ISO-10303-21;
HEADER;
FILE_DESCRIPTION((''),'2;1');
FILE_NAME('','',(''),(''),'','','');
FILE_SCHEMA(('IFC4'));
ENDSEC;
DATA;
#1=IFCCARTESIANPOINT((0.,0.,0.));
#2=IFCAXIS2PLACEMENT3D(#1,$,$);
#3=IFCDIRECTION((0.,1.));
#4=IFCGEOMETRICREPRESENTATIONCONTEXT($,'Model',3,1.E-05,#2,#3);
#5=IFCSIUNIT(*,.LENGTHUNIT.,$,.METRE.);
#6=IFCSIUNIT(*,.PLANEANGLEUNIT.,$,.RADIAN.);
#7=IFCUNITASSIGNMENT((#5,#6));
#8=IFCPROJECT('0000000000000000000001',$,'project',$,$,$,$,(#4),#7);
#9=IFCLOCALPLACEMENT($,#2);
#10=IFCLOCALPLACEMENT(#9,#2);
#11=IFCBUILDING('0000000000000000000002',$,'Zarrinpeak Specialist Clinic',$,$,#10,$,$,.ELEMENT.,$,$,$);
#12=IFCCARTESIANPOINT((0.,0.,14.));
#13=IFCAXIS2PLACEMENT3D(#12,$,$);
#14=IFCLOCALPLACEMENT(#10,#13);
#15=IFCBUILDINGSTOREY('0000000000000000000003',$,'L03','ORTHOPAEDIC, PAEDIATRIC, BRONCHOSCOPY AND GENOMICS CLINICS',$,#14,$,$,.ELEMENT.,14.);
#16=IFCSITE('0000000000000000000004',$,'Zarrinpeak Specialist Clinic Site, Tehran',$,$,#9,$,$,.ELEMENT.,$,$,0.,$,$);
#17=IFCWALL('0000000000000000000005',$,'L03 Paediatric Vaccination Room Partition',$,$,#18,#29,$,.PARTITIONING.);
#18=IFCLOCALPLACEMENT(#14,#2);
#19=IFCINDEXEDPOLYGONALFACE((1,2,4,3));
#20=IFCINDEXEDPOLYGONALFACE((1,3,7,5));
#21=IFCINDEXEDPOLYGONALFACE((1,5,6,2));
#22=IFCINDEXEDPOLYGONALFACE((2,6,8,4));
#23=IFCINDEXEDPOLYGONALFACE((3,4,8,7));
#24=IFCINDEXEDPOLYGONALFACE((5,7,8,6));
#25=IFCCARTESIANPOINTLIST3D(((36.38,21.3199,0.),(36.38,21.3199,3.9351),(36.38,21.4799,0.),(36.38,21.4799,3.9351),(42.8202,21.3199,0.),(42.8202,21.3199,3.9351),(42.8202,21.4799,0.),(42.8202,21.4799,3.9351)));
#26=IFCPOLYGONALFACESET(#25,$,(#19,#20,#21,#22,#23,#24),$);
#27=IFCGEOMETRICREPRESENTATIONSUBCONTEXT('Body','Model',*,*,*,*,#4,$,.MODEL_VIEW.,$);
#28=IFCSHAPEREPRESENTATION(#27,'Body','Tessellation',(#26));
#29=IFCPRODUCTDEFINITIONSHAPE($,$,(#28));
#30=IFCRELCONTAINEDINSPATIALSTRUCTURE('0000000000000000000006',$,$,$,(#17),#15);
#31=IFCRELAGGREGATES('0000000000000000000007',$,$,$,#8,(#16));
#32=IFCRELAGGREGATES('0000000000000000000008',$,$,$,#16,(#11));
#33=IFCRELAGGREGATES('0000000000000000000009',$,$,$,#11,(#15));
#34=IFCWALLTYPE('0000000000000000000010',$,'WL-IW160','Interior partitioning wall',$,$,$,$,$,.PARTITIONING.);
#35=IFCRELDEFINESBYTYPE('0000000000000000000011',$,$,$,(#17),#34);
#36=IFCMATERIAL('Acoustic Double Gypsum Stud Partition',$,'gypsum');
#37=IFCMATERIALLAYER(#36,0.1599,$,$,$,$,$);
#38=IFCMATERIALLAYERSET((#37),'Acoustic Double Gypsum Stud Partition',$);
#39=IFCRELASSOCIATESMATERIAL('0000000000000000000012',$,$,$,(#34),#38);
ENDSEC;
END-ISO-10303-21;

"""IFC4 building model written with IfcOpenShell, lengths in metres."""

from ifc_helpers import new_model, si_unit, direction, frame, frame_2d, origin, place, context, subcontext, project, spatial, rectangle, extrude, material, layer, layer_set, type_object, element, save


model = new_model("IFC4")

# Units and contexts
model_context = context("Model", 3, precision=1e-05, world=origin(), true_north=direction((0.0, 1.0)))
body_context = subcontext(model_context, "Body", "Model", "MODEL_VIEW")
ifc_project = project(units=[si_unit("LENGTHUNIT", "METRE"), si_unit("PLANEANGLEUNIT", "RADIAN")], contexts=[model_context])

# Site, building, storey
site_placement = place(None, origin())
site = spatial("IfcSite", under=ifc_project, at=site_placement, Name="Zarrinpeak Specialist Clinic Site, Tehran", CompositionType="ELEMENT", RefElevation=0.0)
building_placement = place(site_placement, origin())
building = spatial("IfcBuilding", under=site, at=building_placement, Name="Zarrinpeak Specialist Clinic", CompositionType="ELEMENT")
storey_placement = place(building_placement, frame((0.0, 0.0, 14.0)))
storey = spatial("IfcBuildingStorey", under=building, at=storey_placement, Name="L03", Description="ORTHOPAEDIC, PAEDIATRIC, BRONCHOSCOPY AND GENOMICS CLINICS", CompositionType="ELEMENT", Elevation=14.0)

# Wall
ifc_material_1 = material(Name="Acoustic Double Gypsum Stud Partition", Category="gypsum")
ifc_layer_1 = layer(ifc_material_1, 0.1599)
ifc_layer_set_1 = layer_set([ifc_layer_1], Name="Acoustic Double Gypsum Stud Partition")
wall_type_1 = type_object("IfcWallType", Name="WL-IW160", Description="Interior partitioning wall", PredefinedType="PARTITIONING", material=ifc_layer_set_1)
wall_1_placement = place(storey_placement, frame((36.3799, 21.3999, 0.0), z_axis=(0.0, 0.0, 1.0), x_axis=(1.0, 0.0, 0.0)))
element("IfcWall", 1, at=wall_1_placement, inside=storey, type_object=wall_type_1, Name="L03 Paediatric Vaccination Room Partition", PredefinedType="PARTITIONING", context=body_context, shape_type="SweptSolid", body=[
    extrude(rectangle(XDim=6.4402, YDim=0.1599, at=frame_2d((3.2202, 0.0))), origin(), (0.0, 0.0, 1.0), 3.9351),
])

save(model, "model.ifc")
